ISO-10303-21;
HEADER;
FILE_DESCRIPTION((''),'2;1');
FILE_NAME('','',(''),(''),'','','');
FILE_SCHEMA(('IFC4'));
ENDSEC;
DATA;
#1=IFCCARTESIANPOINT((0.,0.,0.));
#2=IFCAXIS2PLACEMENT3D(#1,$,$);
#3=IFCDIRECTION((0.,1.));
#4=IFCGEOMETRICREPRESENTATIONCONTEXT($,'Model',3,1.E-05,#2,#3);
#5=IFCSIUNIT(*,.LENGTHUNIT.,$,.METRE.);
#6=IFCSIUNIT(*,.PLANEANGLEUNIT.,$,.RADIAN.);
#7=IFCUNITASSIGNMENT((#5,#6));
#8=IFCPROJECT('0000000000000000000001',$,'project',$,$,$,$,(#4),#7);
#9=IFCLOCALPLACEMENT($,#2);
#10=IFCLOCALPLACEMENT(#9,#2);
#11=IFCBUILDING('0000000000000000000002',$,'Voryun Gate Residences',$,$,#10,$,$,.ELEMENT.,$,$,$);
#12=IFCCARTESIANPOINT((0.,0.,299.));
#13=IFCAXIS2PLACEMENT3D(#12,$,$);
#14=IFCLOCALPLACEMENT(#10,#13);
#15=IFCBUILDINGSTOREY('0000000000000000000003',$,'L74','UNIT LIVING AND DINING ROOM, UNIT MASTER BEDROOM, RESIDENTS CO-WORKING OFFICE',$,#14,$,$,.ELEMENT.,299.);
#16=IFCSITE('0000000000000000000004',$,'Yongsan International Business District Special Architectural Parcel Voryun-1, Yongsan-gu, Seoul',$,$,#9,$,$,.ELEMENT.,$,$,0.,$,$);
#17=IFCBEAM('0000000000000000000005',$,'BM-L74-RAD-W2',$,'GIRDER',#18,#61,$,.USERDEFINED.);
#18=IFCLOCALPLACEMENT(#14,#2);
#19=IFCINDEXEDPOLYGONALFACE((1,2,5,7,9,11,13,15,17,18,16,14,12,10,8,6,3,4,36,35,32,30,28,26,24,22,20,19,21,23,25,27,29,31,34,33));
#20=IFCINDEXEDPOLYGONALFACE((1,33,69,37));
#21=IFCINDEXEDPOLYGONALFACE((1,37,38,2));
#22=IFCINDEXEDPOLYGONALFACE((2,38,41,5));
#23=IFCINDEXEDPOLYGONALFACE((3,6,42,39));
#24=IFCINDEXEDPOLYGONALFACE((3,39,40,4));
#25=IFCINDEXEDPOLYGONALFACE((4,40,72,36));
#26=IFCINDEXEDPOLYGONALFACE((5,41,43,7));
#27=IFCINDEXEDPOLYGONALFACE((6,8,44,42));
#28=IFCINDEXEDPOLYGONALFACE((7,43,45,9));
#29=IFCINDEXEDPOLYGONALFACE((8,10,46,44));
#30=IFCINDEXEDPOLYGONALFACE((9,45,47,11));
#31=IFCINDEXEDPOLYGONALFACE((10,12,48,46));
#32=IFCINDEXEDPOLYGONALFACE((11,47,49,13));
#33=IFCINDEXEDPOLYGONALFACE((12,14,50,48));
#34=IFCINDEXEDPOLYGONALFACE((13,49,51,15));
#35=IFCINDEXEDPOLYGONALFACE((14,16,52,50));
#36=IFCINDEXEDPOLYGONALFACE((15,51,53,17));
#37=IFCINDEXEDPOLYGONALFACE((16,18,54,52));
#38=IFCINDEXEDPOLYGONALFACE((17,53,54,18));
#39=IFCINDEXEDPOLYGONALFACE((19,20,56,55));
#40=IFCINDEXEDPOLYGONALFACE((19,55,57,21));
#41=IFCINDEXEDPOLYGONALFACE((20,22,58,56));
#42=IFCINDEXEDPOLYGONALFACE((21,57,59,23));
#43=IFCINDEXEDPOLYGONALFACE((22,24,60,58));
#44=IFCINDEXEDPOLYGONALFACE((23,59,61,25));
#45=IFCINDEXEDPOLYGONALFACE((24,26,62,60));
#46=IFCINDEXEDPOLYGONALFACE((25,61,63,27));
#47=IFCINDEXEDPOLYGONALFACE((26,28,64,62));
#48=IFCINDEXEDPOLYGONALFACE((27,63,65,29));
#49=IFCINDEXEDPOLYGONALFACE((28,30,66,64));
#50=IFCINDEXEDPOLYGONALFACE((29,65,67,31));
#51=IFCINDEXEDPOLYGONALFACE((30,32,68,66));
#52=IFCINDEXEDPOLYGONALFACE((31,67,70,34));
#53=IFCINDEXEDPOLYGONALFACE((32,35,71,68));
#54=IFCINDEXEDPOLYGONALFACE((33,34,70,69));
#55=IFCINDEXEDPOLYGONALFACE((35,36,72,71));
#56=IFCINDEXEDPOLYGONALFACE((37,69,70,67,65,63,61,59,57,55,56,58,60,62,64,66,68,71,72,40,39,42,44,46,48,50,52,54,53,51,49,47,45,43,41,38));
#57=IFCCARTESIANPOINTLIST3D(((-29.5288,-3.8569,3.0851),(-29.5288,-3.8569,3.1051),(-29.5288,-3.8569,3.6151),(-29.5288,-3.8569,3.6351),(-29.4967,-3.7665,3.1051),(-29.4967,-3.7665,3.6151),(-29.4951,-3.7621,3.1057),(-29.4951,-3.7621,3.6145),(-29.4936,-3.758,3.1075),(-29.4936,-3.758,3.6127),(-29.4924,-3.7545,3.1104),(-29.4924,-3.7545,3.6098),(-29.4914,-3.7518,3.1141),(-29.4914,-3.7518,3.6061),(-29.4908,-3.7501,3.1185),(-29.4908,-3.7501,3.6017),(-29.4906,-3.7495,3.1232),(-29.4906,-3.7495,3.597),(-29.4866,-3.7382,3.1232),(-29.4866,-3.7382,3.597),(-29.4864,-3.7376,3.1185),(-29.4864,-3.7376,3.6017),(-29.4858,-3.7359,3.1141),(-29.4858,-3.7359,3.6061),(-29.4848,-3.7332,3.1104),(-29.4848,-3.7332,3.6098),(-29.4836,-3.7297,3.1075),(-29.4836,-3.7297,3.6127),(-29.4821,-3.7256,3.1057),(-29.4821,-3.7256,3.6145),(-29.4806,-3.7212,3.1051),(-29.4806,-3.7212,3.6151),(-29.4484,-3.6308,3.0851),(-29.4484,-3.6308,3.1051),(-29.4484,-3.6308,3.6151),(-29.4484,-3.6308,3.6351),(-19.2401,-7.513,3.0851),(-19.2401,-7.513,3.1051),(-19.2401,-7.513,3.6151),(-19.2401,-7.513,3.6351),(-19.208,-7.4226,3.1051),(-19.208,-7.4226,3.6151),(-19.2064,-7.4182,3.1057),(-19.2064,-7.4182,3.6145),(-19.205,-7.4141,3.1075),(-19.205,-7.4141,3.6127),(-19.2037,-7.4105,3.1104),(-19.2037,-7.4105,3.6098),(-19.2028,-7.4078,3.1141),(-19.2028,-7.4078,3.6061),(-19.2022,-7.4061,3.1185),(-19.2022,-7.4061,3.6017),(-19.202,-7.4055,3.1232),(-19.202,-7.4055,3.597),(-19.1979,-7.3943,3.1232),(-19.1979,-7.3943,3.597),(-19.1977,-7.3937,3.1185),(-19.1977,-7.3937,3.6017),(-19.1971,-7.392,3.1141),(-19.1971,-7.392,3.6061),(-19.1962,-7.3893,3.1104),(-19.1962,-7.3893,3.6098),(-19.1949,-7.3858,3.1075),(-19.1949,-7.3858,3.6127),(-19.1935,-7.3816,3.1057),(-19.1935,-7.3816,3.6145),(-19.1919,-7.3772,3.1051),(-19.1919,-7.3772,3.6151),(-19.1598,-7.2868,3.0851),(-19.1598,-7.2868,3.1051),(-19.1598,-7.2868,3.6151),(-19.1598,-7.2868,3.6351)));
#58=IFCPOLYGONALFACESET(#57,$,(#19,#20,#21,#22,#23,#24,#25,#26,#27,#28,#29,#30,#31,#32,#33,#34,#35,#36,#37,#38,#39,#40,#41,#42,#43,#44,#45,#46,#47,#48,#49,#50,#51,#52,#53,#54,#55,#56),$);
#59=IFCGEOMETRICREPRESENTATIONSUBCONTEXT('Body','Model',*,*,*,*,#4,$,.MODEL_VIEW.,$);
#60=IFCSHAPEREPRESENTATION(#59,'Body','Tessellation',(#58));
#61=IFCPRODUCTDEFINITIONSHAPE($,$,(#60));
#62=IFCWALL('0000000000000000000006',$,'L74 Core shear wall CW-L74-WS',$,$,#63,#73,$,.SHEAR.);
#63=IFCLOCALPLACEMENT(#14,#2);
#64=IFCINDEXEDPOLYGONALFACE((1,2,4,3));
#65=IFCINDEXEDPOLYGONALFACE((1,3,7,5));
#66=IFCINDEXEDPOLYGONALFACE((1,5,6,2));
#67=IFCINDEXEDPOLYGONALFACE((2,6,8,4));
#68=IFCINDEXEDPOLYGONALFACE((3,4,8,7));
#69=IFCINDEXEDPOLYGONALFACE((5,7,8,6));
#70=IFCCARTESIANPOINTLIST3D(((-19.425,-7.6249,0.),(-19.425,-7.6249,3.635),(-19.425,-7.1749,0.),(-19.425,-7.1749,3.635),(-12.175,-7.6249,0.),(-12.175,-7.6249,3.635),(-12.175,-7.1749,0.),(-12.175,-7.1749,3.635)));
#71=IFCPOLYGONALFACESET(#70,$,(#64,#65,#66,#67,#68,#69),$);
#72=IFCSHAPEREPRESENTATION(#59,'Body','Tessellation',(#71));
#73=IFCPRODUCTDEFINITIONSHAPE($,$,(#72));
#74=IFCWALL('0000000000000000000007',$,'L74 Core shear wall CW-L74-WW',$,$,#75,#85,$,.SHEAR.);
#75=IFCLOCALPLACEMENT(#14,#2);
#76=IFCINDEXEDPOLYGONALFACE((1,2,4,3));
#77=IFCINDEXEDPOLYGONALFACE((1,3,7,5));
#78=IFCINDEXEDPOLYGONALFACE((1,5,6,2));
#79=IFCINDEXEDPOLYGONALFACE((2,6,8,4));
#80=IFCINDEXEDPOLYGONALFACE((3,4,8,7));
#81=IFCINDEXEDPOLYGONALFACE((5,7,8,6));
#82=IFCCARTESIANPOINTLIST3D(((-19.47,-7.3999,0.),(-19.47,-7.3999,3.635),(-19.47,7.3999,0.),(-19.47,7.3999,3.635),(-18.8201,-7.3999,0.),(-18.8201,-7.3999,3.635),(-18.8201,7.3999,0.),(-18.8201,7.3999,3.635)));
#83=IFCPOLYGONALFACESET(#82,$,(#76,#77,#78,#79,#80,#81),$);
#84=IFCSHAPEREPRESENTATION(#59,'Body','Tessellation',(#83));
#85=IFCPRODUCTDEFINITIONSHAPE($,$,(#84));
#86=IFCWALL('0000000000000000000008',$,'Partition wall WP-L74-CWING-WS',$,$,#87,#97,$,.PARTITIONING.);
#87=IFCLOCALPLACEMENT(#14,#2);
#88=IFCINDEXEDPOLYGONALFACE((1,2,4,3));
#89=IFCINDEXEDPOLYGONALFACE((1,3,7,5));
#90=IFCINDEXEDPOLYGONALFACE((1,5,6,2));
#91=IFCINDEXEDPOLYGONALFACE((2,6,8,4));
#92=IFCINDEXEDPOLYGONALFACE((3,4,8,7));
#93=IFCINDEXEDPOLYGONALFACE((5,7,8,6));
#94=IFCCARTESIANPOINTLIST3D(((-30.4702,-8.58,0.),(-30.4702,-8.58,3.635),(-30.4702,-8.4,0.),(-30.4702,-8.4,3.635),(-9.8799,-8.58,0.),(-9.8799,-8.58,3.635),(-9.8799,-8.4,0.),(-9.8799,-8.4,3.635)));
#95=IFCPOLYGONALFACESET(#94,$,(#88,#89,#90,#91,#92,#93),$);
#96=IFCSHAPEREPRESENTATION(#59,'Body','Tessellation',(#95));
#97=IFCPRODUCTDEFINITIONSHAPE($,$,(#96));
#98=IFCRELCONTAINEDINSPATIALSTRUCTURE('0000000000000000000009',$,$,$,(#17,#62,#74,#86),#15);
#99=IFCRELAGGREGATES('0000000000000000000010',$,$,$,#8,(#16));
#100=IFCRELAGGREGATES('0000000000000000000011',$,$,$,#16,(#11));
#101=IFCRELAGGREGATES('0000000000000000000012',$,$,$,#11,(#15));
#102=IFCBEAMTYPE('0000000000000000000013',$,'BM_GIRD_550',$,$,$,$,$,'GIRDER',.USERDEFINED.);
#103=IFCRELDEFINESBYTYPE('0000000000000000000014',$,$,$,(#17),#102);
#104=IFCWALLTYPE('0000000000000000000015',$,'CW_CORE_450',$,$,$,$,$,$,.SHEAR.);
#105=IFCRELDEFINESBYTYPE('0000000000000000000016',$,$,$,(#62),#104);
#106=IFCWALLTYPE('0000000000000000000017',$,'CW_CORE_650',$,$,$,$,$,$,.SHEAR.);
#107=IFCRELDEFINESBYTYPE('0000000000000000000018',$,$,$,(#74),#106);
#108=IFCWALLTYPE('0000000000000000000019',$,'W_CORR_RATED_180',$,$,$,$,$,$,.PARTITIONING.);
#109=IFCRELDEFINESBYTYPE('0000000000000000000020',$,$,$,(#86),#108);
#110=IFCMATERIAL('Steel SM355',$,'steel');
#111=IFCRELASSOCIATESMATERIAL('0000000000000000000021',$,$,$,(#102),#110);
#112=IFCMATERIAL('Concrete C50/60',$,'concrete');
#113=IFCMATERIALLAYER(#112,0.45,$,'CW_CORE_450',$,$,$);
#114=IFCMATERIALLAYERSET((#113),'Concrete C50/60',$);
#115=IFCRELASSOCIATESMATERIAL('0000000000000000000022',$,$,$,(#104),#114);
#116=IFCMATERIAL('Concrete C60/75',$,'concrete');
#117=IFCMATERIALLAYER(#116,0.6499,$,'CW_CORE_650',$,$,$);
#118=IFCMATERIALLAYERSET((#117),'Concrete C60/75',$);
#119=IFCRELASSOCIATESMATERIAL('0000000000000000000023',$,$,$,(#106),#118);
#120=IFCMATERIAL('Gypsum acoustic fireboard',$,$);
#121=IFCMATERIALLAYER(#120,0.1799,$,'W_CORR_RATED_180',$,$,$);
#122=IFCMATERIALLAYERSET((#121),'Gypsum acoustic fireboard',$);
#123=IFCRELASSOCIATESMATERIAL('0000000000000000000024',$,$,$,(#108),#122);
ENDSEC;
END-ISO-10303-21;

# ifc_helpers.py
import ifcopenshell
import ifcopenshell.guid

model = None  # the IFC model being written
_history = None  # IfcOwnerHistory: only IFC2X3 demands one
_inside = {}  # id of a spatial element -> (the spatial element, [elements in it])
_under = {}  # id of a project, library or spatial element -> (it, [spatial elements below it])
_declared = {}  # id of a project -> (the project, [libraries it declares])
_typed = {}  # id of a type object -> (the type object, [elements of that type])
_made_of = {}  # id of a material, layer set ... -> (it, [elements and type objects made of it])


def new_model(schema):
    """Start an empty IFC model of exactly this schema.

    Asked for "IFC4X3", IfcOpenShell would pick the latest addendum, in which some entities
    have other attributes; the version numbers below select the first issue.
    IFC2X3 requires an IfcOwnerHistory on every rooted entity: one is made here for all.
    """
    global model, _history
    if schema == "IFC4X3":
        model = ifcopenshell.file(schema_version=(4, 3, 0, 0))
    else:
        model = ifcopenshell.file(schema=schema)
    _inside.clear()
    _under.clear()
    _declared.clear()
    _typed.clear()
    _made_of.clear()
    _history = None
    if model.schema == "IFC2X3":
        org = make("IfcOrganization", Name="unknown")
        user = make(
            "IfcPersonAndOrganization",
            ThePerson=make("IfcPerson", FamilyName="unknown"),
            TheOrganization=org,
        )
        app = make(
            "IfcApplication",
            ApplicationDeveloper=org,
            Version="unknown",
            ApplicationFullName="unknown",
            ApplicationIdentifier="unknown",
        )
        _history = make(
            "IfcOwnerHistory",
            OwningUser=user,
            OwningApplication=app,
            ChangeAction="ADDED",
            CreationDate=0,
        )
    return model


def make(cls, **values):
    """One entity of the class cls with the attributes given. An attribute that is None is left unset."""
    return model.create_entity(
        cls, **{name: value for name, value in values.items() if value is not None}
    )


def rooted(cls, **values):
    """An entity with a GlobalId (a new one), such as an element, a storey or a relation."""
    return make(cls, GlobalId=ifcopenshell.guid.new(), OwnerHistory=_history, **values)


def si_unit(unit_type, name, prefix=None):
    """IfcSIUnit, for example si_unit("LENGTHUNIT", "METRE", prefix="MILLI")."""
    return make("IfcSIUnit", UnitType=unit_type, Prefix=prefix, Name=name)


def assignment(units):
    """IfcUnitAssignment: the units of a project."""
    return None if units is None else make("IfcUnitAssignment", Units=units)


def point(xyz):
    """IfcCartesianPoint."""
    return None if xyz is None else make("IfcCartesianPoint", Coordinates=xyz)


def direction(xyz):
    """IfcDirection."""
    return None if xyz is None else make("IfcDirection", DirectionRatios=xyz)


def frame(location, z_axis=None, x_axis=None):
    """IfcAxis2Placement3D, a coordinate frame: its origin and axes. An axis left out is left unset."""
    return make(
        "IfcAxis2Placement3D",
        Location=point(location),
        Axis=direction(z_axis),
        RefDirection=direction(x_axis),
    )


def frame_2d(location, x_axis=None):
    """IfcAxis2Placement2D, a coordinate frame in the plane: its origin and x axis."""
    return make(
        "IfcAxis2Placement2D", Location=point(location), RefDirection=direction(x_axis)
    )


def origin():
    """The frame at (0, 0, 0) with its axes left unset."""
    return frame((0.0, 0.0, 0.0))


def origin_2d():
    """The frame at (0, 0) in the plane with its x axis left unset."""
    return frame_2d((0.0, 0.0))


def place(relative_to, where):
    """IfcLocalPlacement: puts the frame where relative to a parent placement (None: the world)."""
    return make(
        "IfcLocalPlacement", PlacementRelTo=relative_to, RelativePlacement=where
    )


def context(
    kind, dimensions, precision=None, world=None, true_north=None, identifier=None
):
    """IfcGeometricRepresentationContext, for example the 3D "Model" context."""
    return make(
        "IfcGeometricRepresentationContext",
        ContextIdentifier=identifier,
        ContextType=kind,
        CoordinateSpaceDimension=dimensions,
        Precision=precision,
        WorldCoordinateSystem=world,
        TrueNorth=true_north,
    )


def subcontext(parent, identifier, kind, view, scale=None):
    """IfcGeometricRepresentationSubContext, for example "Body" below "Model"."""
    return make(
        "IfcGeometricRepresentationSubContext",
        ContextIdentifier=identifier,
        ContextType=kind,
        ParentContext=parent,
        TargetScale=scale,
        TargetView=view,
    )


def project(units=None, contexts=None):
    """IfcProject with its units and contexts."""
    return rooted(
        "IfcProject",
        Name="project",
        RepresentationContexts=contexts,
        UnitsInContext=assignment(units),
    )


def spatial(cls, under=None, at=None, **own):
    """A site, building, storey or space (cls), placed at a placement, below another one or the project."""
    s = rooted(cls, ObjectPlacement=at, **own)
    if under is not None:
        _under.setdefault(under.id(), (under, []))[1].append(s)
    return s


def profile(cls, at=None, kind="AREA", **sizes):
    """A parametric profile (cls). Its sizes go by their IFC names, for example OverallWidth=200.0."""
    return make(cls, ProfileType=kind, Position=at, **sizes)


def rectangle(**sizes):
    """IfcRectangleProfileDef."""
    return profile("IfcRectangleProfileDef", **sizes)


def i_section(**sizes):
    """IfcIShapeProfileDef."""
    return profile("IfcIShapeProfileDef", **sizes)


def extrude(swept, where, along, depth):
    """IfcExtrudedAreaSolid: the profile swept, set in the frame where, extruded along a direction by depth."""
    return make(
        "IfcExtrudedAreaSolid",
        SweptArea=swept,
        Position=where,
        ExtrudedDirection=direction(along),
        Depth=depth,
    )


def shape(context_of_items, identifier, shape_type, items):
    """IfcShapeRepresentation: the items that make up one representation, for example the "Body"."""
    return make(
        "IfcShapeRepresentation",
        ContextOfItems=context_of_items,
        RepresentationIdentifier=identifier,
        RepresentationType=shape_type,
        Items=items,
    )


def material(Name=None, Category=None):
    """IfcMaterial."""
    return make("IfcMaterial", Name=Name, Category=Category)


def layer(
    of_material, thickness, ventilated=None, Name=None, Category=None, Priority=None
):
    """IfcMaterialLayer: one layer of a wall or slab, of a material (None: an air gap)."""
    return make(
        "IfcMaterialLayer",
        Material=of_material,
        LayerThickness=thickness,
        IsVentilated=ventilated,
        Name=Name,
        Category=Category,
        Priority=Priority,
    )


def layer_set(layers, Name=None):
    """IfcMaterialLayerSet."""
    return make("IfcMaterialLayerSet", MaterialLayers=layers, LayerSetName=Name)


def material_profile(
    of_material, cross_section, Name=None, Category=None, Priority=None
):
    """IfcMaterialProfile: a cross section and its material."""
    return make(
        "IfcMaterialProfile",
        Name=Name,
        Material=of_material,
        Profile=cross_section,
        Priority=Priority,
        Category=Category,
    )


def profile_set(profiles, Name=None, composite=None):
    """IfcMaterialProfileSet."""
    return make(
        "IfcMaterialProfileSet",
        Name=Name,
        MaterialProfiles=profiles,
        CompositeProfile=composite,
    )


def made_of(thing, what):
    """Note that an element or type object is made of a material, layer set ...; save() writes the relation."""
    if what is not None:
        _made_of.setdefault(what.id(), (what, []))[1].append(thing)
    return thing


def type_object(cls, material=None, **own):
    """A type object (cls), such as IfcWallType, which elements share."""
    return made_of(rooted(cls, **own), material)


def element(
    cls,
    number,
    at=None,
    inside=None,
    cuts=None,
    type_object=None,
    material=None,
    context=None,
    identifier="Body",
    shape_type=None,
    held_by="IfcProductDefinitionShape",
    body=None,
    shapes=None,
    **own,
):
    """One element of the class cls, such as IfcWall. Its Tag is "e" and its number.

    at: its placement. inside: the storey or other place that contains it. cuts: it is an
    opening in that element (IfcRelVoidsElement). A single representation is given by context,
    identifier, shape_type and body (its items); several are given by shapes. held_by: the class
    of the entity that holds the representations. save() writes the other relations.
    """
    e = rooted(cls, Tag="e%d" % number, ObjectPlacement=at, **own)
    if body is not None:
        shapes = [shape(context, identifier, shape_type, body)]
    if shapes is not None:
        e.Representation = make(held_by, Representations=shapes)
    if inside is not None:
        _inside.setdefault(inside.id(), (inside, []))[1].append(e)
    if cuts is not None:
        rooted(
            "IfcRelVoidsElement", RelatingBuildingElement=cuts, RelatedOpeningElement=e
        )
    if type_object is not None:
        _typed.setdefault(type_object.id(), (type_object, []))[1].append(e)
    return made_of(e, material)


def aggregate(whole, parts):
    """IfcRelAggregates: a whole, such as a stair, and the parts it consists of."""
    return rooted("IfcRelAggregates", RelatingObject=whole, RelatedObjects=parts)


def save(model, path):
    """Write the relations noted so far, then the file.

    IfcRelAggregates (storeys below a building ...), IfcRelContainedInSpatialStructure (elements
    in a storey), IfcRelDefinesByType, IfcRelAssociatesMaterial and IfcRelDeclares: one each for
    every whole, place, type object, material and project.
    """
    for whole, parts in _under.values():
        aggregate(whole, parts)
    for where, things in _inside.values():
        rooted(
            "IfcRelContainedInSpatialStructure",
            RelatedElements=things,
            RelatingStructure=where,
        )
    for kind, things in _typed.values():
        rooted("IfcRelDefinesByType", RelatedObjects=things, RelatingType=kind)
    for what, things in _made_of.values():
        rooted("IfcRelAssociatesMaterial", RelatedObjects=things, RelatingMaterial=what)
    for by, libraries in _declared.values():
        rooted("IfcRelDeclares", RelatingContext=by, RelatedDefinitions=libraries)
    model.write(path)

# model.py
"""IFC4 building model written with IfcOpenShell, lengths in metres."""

from ifc_helpers import new_model, si_unit, direction, frame, frame_2d, origin, origin_2d, place, context, subcontext, project, spatial, rectangle, i_section, extrude, material, layer, layer_set, material_profile, profile_set, type_object, element, save


model = new_model("IFC4")

# Units and contexts
model_context = context("Model", 3, precision=1e-05, world=origin(), true_north=direction((0.0, 1.0)))
body_context = subcontext(model_context, "Body", "Model", "MODEL_VIEW")
ifc_project = project(units=[si_unit("LENGTHUNIT", "METRE"), si_unit("PLANEANGLEUNIT", "RADIAN")], contexts=[model_context])

# Site, building, storey
site_placement = place(None, origin())
site = spatial("IfcSite", under=ifc_project, at=site_placement, Name="Yongsan International Business District Special Architectural Parcel Voryun-1, Yongsan-gu, Seoul", CompositionType="ELEMENT", RefElevation=0.0)
building_placement = place(site_placement, origin())
building = spatial("IfcBuilding", under=site, at=building_placement, Name="Voryun Gate Residences", CompositionType="ELEMENT")
storey_placement = place(building_placement, frame((0.0, 0.0, 299.0)))
storey = spatial("IfcBuildingStorey", under=building, at=storey_placement, Name="L74", Description="UNIT LIVING AND DINING ROOM, UNIT MASTER BEDROOM, RESIDENTS CO-WORKING OFFICE", CompositionType="ELEMENT", Elevation=299.0)

# Beam
ifc_material_1 = material(Name="Steel SM355", Category="steel")
ifc_material_profile_1 = material_profile(ifc_material_1, i_section(OverallWidth=0.24, OverallDepth=0.55, WebThickness=0.012, FlangeThickness=0.02, FilletRadius=0.0181, at=origin_2d()), Name="H-550x240x12x20")
ifc_profile_set_1 = profile_set([ifc_material_profile_1], Name="Steel SM355")
beam_type_1 = type_object("IfcBeamType", Name="BM_GIRD_550", ElementType="GIRDER", PredefinedType="USERDEFINED", material=ifc_profile_set_1)
beam_1_placement = place(storey_placement, frame((-19.2, -7.3999, 3.3601), z_axis=(-0.942277, 0.334835, 0.0), x_axis=(-0.334835, -0.942277, 0.0)))
element("IfcBeam", 1, at=beam_1_placement, inside=storey, type_object=beam_type_1, Name="BM-L74-RAD-W2", ObjectType="GIRDER", PredefinedType="USERDEFINED", context=body_context, shape_type="SweptSolid", body=[
    extrude(i_section(OverallWidth=0.24, OverallDepth=0.55, WebThickness=0.012, FlangeThickness=0.02, FilletRadius=0.0181, at=origin_2d()), origin(), (0.0, 0.0, 1.0), 10.9189),
])

# Walls
ifc_material_2 = material(Name="Concrete C50/60", Category="concrete")
ifc_layer_1 = layer(ifc_material_2, 0.45, Name="CW_CORE_450")
ifc_layer_set_1 = layer_set([ifc_layer_1], Name="Concrete C50/60")
wall_type_1 = type_object("IfcWallType", Name="CW_CORE_450", PredefinedType="SHEAR", material=ifc_layer_set_1)
wall_1_placement = place(storey_placement, frame((-19.425, -7.3999, 0.0), z_axis=(0.0, 0.0, 1.0), x_axis=(1.0, 0.0, 0.0)))
element("IfcWall", 2, at=wall_1_placement, inside=storey, type_object=wall_type_1, Name="L74 Core shear wall CW-L74-WS", PredefinedType="SHEAR", context=body_context, shape_type="SweptSolid", body=[
    extrude(rectangle(XDim=7.25, YDim=0.45, at=frame_2d((3.625, 0.0))), origin(), (0.0, 0.0, 1.0), 3.635),
])
ifc_material_3 = material(Name="Concrete C60/75", Category="concrete")
ifc_layer_2 = layer(ifc_material_3, 0.6499, Name="CW_CORE_650")
ifc_layer_set_2 = layer_set([ifc_layer_2], Name="Concrete C60/75")
wall_type_2 = type_object("IfcWallType", Name="CW_CORE_650", PredefinedType="SHEAR", material=ifc_layer_set_2)
wall_2_placement = place(storey_placement, frame((-19.145, -7.3999, 0.0), z_axis=(0.0, 0.0, 1.0), x_axis=(0.0, 1.0, 0.0)))
element("IfcWall", 3, at=wall_2_placement, inside=storey, type_object=wall_type_2, Name="L74 Core shear wall CW-L74-WW", PredefinedType="SHEAR", context=body_context, shape_type="SweptSolid", body=[
    extrude(rectangle(XDim=14.7998, YDim=0.6499, at=frame_2d((7.3999, 0.0))), origin(), (0.0, 0.0, 1.0), 3.635),
])
ifc_material_4 = material(Name="Gypsum acoustic fireboard")
ifc_layer_3 = layer(ifc_material_4, 0.1799, Name="W_CORR_RATED_180")
ifc_layer_set_3 = layer_set([ifc_layer_3], Name="Gypsum acoustic fireboard")
wall_type_3 = type_object("IfcWallType", Name="W_CORR_RATED_180", PredefinedType="PARTITIONING", material=ifc_layer_set_3)
wall_3_placement = place(storey_placement, frame((-30.4702, -8.49, 0.0), z_axis=(0.0, 0.0, 1.0), x_axis=(1.0, 0.0, 0.0)))
element("IfcWall", 4, at=wall_3_placement, inside=storey, type_object=wall_type_3, Name="Partition wall WP-L74-CWING-WS", PredefinedType="PARTITIONING", context=body_context, shape_type="SweptSolid", body=[
    extrude(rectangle(XDim=20.5903, YDim=0.1799, at=frame_2d((10.2952, 0.0))), origin(), (0.0, 0.0, 1.0), 3.635),
])

save(model, "model.ifc")
